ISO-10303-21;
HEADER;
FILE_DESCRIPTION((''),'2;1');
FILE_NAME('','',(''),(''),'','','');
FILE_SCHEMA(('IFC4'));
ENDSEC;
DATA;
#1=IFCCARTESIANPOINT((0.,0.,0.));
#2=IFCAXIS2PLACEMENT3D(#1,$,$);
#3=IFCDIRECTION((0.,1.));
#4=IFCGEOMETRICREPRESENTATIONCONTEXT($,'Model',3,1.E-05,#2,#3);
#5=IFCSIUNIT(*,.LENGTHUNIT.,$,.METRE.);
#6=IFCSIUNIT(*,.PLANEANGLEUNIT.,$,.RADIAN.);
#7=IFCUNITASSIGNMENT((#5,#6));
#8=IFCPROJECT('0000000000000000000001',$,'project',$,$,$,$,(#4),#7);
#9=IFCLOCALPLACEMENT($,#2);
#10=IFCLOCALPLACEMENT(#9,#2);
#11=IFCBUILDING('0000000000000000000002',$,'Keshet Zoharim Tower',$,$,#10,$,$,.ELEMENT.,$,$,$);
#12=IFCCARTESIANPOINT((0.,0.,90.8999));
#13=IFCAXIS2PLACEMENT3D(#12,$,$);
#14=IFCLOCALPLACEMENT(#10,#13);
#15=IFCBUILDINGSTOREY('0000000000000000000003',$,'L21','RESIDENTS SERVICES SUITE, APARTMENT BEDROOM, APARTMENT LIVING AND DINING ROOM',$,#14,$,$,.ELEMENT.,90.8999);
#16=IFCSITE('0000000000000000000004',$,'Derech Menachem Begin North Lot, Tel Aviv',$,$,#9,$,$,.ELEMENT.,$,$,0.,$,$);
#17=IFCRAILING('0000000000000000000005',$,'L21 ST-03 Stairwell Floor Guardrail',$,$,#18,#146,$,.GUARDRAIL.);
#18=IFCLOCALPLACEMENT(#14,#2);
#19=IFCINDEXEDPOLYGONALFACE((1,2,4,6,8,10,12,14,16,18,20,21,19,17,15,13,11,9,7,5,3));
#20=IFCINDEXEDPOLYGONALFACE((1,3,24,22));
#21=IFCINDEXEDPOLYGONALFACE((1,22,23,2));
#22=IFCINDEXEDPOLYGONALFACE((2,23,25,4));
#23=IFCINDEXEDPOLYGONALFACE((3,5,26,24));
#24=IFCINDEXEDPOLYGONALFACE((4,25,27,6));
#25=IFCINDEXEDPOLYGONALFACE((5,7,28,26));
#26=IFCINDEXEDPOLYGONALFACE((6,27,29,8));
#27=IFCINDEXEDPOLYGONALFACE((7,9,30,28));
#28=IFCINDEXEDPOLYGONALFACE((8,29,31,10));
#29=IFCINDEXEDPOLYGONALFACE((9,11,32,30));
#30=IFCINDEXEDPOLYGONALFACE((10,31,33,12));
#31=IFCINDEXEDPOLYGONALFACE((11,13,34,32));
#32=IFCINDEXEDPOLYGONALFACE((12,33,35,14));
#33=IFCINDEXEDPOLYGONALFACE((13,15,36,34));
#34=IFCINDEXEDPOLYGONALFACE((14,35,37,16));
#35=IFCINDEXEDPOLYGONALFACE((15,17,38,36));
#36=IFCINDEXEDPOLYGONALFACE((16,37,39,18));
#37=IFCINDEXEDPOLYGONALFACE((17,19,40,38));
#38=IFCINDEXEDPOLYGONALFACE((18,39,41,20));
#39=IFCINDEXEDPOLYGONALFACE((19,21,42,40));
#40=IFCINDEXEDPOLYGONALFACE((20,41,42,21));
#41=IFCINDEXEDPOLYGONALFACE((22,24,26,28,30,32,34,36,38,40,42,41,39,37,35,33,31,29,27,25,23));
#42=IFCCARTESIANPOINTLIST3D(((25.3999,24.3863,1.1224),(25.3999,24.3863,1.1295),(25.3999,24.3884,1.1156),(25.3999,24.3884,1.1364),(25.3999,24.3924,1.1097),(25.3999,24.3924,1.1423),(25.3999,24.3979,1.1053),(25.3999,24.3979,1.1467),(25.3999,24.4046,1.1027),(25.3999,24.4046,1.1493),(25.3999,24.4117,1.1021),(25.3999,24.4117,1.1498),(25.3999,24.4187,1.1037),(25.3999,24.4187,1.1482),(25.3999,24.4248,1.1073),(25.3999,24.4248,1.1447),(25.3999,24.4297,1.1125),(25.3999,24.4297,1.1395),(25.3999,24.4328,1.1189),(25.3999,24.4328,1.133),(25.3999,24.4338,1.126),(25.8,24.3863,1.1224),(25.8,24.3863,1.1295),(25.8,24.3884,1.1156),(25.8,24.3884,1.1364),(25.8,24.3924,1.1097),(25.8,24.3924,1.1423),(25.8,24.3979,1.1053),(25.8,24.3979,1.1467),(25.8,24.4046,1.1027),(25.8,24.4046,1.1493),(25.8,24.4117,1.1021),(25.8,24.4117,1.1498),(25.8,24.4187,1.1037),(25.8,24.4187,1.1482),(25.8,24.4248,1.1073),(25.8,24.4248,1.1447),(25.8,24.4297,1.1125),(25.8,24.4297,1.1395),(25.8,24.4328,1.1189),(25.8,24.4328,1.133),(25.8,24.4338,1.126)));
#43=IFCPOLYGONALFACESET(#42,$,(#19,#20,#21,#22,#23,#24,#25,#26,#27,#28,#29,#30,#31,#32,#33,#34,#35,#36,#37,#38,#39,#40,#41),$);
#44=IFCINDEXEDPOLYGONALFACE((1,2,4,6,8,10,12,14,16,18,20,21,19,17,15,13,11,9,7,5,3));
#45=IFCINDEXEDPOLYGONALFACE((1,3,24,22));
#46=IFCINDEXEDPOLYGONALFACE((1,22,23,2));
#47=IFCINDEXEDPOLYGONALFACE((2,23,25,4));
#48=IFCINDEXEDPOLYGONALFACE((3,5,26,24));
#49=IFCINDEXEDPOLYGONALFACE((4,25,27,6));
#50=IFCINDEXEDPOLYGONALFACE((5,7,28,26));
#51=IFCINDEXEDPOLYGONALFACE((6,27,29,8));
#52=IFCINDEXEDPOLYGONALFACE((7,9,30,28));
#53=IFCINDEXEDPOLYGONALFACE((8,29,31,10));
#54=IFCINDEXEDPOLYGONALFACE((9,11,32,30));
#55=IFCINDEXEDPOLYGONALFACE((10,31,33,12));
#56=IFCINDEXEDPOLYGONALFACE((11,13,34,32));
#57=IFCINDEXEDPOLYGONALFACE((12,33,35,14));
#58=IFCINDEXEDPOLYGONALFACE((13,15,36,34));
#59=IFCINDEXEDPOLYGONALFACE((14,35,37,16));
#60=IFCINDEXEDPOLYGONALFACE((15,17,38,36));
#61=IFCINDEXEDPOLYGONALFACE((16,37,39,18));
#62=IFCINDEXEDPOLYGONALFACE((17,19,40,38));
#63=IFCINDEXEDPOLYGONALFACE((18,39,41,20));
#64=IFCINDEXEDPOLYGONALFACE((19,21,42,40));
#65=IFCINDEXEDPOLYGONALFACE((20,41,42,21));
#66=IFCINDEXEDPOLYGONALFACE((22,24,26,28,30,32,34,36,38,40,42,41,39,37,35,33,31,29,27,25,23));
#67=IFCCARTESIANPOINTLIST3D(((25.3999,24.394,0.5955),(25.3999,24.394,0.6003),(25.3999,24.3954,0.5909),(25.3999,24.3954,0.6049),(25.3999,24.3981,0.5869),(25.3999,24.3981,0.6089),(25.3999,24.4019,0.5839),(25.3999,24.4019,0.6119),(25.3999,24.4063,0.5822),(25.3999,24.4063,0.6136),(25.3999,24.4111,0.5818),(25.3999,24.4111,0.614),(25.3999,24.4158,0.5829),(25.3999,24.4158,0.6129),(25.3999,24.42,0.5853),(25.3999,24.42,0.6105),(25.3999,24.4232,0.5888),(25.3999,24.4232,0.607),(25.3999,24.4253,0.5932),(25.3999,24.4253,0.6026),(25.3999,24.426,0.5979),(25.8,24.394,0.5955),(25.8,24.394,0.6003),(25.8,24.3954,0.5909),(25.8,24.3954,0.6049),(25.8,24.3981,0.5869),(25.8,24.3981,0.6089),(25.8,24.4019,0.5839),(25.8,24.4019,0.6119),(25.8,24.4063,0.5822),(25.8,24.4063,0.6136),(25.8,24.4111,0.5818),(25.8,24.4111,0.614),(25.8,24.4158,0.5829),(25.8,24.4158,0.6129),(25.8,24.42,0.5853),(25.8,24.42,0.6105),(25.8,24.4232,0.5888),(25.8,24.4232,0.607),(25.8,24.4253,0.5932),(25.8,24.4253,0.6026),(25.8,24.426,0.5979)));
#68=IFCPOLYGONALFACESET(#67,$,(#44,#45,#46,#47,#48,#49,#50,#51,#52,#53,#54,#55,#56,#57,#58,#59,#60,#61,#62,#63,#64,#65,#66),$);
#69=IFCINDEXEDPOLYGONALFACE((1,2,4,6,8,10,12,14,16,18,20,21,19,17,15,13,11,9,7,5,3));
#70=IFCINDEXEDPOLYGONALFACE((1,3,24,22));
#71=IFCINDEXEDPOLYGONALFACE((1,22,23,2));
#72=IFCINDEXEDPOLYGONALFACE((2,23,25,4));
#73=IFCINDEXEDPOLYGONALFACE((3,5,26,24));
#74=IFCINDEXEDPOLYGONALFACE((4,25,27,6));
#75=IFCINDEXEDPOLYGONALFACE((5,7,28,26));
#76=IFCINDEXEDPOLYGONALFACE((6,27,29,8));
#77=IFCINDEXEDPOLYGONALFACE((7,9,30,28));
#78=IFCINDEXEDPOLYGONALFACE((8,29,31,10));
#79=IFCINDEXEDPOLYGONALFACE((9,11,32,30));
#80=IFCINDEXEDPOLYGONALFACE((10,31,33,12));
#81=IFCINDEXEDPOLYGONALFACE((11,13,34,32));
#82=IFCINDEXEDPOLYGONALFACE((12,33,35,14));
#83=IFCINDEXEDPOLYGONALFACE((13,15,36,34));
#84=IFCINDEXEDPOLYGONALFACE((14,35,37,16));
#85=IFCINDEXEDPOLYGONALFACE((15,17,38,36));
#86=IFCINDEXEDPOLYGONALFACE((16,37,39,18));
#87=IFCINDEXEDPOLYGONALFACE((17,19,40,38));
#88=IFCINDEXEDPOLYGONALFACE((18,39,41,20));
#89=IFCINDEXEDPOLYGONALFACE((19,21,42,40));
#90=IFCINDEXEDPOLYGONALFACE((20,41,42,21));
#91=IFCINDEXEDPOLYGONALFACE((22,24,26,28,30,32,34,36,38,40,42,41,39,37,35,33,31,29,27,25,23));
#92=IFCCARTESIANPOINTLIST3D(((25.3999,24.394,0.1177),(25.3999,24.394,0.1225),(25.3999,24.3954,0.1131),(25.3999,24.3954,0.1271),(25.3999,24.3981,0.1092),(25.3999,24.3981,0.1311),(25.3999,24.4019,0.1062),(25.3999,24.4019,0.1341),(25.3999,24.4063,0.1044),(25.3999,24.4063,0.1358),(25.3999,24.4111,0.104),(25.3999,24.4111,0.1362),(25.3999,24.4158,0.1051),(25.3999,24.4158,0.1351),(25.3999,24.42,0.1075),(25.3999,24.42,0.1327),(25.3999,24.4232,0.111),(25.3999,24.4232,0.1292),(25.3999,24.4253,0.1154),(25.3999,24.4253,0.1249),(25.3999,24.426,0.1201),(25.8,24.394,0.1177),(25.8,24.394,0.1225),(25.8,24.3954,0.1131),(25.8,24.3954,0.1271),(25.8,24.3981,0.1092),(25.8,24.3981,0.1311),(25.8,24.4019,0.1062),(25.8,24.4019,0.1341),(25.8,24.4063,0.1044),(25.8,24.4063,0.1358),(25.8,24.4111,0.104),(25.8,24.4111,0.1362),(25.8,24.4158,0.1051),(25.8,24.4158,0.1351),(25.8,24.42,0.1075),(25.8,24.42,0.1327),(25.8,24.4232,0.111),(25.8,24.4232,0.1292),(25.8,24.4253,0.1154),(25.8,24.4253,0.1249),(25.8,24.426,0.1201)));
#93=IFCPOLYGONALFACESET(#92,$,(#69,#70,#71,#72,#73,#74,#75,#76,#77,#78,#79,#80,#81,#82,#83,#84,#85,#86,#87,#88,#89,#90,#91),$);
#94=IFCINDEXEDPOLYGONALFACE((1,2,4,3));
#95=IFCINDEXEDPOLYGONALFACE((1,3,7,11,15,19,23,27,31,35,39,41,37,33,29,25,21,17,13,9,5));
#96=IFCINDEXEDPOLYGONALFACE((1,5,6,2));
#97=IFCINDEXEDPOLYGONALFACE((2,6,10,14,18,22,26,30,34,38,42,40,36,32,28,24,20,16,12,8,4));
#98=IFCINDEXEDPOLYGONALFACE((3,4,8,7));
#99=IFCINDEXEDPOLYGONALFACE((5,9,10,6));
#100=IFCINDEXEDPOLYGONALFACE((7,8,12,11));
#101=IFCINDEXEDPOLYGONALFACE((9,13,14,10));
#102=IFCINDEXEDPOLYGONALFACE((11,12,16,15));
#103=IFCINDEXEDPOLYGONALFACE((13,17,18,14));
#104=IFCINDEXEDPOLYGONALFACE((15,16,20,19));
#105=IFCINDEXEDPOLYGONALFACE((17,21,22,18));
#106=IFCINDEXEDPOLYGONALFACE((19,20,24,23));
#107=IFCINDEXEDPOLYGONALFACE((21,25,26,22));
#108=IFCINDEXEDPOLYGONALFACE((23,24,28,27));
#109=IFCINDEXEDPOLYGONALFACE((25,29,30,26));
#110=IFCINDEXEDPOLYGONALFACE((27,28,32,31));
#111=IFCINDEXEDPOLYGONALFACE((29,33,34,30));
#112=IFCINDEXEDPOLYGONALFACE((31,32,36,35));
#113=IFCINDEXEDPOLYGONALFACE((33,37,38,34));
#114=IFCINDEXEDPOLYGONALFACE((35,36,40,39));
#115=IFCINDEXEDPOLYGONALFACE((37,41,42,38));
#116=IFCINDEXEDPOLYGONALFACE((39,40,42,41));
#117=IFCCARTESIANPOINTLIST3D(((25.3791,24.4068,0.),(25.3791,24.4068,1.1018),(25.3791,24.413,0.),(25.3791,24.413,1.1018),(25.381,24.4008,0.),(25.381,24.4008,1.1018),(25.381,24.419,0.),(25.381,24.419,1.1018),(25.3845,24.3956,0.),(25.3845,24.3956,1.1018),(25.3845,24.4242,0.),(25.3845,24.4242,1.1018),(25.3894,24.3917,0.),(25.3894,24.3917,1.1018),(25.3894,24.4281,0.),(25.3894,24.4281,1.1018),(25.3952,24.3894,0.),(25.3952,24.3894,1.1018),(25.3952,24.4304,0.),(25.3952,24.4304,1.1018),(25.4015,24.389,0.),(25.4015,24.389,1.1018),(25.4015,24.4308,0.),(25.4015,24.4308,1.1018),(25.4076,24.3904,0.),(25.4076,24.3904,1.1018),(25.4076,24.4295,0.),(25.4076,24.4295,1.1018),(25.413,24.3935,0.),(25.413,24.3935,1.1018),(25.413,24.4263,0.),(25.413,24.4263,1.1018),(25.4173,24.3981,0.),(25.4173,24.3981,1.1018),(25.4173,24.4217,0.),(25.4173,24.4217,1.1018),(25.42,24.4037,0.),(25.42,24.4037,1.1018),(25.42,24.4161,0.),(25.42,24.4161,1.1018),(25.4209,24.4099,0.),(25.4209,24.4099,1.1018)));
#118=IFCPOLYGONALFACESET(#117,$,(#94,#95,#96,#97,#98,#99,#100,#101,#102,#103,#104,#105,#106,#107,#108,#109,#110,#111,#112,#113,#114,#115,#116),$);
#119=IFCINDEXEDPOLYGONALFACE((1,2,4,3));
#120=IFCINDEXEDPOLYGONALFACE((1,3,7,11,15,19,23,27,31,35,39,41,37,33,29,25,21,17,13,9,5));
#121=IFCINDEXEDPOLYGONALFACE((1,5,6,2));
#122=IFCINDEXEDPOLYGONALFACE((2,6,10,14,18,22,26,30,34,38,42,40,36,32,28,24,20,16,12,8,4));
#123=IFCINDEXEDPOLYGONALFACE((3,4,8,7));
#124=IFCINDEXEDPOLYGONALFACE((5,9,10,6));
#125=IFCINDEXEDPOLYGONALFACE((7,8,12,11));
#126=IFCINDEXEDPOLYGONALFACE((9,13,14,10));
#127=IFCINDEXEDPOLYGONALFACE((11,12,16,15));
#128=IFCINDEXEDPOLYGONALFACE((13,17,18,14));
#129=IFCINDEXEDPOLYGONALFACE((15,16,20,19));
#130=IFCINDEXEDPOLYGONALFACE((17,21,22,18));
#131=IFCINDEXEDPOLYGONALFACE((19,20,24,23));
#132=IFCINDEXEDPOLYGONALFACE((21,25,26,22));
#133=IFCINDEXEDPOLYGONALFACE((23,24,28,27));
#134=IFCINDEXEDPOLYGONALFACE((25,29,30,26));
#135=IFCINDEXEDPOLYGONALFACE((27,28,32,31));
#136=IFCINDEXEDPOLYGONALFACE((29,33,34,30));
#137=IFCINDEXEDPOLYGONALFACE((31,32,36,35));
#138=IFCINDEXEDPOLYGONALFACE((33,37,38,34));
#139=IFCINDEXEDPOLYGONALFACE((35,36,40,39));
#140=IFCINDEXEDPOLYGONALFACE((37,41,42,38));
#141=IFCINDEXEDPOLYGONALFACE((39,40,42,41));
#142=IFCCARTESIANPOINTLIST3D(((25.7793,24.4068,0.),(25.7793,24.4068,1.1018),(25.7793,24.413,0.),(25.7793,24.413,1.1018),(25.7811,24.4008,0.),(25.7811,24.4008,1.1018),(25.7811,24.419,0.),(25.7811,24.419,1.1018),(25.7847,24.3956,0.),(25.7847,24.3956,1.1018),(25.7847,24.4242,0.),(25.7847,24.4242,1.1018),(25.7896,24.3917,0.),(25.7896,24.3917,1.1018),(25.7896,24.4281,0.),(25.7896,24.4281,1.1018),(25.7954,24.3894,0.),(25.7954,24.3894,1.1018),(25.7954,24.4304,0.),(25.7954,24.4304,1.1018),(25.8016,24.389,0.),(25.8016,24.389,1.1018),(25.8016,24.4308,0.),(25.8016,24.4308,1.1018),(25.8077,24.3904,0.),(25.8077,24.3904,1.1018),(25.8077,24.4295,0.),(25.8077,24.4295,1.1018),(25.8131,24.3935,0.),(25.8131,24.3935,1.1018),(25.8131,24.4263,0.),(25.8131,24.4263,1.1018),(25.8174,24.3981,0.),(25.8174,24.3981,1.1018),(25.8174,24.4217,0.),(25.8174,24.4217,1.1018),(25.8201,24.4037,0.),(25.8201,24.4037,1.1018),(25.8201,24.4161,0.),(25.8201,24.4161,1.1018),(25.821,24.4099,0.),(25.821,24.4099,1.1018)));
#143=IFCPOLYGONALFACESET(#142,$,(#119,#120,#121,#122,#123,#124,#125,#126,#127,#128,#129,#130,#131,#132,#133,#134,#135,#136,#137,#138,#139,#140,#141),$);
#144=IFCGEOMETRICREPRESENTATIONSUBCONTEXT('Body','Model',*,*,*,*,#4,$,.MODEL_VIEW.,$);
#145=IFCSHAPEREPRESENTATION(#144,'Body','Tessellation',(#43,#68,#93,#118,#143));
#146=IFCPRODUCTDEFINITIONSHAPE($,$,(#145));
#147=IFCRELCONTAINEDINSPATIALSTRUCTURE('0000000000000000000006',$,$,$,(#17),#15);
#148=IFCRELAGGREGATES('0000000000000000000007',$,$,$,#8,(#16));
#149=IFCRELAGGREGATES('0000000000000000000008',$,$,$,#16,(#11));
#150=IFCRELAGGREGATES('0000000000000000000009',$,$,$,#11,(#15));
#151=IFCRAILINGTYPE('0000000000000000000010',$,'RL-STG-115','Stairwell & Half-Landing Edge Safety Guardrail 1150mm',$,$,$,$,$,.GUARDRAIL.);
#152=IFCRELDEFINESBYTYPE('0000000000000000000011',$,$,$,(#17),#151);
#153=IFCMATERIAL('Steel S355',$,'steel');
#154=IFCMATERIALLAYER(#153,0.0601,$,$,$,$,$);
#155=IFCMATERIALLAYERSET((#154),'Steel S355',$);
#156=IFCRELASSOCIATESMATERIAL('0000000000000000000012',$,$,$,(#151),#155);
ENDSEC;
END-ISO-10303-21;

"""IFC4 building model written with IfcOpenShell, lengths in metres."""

from ifc_helpers import new_model, si_unit, direction, frame, origin, origin_2d, place, context, subcontext, project, spatial, circle, extrude, material, layer, layer_set, type_object, element, save


model = new_model("IFC4")

# Units and contexts
model_context = context("Model", 3, precision=1e-05, world=origin(), true_north=direction((0.0, 1.0)))
body_context = subcontext(model_context, "Body", "Model", "MODEL_VIEW")
ifc_project = project(units=[si_unit("LENGTHUNIT", "METRE"), si_unit("PLANEANGLEUNIT", "RADIAN")], contexts=[model_context])

# Site, building, storey
site_placement = place(None, origin())
site = spatial("IfcSite", under=ifc_project, at=site_placement, Name="Derech Menachem Begin North Lot, Tel Aviv", CompositionType="ELEMENT", RefElevation=0.0)
building_placement = place(site_placement, origin())
building = spatial("IfcBuilding", under=site, at=building_placement, Name="Keshet Zoharim Tower", CompositionType="ELEMENT")
storey_placement = place(building_placement, frame((0.0, 0.0, 90.8999)))
storey = spatial("IfcBuildingStorey", under=building, at=storey_placement, Name="L21", Description="RESIDENTS SERVICES SUITE, APARTMENT BEDROOM, APARTMENT LIVING AND DINING ROOM", CompositionType="ELEMENT", Elevation=90.8999)

# Railing
ifc_material_1 = material(Name="Steel S355", Category="steel")
ifc_layer_1 = layer(ifc_material_1, 0.0601)
ifc_layer_set_1 = layer_set([ifc_layer_1], Name="Steel S355")
railing_type_1 = type_object("IfcRailingType", Name="RL-STG-115", Description="Stairwell & Half-Landing Edge Safety Guardrail 1150mm", PredefinedType="GUARDRAIL", material=ifc_layer_set_1)
railing_1_placement = place(storey_placement, frame((25.3999, 24.4099, 0.0)))
element("IfcRailing", 1, at=railing_1_placement, inside=storey, type_object=railing_type_1, Name="L21 ST-03 Stairwell Floor Guardrail", PredefinedType="GUARDRAIL", context=body_context, shape_type="SweptSolid", body=[
    extrude(circle(Radius=0.0239, at=origin_2d()), frame((0.0, 0.0, 1.126), z_axis=(1.0, 0.0, 0.0), x_axis=(0.0, 1.0, 0.0)), (0.0, 0.0, 1.0), 0.4001),
    extrude(circle(Radius=0.0161, at=origin_2d()), frame((0.0, 0.0, 0.5979), z_axis=(1.0, 0.0, 0.0), x_axis=(0.0, 1.0, 0.0)), (0.0, 0.0, 1.0), 0.4001),
    extrude(circle(Radius=0.0161, at=origin_2d()), frame((0.0, 0.0, 0.1201), z_axis=(1.0, 0.0, 0.0), x_axis=(0.0, 1.0, 0.0)), (0.0, 0.0, 1.0), 0.4001),
    extrude(circle(Radius=0.021, at=origin_2d()), origin(), (0.0, 0.0, 1.0), 1.1018),
    extrude(circle(Radius=0.021, at=origin_2d()), frame((0.4001, 0.0, 0.0)), (0.0, 0.0, 1.0), 1.1018),
])

save(model, "model.ifc")
